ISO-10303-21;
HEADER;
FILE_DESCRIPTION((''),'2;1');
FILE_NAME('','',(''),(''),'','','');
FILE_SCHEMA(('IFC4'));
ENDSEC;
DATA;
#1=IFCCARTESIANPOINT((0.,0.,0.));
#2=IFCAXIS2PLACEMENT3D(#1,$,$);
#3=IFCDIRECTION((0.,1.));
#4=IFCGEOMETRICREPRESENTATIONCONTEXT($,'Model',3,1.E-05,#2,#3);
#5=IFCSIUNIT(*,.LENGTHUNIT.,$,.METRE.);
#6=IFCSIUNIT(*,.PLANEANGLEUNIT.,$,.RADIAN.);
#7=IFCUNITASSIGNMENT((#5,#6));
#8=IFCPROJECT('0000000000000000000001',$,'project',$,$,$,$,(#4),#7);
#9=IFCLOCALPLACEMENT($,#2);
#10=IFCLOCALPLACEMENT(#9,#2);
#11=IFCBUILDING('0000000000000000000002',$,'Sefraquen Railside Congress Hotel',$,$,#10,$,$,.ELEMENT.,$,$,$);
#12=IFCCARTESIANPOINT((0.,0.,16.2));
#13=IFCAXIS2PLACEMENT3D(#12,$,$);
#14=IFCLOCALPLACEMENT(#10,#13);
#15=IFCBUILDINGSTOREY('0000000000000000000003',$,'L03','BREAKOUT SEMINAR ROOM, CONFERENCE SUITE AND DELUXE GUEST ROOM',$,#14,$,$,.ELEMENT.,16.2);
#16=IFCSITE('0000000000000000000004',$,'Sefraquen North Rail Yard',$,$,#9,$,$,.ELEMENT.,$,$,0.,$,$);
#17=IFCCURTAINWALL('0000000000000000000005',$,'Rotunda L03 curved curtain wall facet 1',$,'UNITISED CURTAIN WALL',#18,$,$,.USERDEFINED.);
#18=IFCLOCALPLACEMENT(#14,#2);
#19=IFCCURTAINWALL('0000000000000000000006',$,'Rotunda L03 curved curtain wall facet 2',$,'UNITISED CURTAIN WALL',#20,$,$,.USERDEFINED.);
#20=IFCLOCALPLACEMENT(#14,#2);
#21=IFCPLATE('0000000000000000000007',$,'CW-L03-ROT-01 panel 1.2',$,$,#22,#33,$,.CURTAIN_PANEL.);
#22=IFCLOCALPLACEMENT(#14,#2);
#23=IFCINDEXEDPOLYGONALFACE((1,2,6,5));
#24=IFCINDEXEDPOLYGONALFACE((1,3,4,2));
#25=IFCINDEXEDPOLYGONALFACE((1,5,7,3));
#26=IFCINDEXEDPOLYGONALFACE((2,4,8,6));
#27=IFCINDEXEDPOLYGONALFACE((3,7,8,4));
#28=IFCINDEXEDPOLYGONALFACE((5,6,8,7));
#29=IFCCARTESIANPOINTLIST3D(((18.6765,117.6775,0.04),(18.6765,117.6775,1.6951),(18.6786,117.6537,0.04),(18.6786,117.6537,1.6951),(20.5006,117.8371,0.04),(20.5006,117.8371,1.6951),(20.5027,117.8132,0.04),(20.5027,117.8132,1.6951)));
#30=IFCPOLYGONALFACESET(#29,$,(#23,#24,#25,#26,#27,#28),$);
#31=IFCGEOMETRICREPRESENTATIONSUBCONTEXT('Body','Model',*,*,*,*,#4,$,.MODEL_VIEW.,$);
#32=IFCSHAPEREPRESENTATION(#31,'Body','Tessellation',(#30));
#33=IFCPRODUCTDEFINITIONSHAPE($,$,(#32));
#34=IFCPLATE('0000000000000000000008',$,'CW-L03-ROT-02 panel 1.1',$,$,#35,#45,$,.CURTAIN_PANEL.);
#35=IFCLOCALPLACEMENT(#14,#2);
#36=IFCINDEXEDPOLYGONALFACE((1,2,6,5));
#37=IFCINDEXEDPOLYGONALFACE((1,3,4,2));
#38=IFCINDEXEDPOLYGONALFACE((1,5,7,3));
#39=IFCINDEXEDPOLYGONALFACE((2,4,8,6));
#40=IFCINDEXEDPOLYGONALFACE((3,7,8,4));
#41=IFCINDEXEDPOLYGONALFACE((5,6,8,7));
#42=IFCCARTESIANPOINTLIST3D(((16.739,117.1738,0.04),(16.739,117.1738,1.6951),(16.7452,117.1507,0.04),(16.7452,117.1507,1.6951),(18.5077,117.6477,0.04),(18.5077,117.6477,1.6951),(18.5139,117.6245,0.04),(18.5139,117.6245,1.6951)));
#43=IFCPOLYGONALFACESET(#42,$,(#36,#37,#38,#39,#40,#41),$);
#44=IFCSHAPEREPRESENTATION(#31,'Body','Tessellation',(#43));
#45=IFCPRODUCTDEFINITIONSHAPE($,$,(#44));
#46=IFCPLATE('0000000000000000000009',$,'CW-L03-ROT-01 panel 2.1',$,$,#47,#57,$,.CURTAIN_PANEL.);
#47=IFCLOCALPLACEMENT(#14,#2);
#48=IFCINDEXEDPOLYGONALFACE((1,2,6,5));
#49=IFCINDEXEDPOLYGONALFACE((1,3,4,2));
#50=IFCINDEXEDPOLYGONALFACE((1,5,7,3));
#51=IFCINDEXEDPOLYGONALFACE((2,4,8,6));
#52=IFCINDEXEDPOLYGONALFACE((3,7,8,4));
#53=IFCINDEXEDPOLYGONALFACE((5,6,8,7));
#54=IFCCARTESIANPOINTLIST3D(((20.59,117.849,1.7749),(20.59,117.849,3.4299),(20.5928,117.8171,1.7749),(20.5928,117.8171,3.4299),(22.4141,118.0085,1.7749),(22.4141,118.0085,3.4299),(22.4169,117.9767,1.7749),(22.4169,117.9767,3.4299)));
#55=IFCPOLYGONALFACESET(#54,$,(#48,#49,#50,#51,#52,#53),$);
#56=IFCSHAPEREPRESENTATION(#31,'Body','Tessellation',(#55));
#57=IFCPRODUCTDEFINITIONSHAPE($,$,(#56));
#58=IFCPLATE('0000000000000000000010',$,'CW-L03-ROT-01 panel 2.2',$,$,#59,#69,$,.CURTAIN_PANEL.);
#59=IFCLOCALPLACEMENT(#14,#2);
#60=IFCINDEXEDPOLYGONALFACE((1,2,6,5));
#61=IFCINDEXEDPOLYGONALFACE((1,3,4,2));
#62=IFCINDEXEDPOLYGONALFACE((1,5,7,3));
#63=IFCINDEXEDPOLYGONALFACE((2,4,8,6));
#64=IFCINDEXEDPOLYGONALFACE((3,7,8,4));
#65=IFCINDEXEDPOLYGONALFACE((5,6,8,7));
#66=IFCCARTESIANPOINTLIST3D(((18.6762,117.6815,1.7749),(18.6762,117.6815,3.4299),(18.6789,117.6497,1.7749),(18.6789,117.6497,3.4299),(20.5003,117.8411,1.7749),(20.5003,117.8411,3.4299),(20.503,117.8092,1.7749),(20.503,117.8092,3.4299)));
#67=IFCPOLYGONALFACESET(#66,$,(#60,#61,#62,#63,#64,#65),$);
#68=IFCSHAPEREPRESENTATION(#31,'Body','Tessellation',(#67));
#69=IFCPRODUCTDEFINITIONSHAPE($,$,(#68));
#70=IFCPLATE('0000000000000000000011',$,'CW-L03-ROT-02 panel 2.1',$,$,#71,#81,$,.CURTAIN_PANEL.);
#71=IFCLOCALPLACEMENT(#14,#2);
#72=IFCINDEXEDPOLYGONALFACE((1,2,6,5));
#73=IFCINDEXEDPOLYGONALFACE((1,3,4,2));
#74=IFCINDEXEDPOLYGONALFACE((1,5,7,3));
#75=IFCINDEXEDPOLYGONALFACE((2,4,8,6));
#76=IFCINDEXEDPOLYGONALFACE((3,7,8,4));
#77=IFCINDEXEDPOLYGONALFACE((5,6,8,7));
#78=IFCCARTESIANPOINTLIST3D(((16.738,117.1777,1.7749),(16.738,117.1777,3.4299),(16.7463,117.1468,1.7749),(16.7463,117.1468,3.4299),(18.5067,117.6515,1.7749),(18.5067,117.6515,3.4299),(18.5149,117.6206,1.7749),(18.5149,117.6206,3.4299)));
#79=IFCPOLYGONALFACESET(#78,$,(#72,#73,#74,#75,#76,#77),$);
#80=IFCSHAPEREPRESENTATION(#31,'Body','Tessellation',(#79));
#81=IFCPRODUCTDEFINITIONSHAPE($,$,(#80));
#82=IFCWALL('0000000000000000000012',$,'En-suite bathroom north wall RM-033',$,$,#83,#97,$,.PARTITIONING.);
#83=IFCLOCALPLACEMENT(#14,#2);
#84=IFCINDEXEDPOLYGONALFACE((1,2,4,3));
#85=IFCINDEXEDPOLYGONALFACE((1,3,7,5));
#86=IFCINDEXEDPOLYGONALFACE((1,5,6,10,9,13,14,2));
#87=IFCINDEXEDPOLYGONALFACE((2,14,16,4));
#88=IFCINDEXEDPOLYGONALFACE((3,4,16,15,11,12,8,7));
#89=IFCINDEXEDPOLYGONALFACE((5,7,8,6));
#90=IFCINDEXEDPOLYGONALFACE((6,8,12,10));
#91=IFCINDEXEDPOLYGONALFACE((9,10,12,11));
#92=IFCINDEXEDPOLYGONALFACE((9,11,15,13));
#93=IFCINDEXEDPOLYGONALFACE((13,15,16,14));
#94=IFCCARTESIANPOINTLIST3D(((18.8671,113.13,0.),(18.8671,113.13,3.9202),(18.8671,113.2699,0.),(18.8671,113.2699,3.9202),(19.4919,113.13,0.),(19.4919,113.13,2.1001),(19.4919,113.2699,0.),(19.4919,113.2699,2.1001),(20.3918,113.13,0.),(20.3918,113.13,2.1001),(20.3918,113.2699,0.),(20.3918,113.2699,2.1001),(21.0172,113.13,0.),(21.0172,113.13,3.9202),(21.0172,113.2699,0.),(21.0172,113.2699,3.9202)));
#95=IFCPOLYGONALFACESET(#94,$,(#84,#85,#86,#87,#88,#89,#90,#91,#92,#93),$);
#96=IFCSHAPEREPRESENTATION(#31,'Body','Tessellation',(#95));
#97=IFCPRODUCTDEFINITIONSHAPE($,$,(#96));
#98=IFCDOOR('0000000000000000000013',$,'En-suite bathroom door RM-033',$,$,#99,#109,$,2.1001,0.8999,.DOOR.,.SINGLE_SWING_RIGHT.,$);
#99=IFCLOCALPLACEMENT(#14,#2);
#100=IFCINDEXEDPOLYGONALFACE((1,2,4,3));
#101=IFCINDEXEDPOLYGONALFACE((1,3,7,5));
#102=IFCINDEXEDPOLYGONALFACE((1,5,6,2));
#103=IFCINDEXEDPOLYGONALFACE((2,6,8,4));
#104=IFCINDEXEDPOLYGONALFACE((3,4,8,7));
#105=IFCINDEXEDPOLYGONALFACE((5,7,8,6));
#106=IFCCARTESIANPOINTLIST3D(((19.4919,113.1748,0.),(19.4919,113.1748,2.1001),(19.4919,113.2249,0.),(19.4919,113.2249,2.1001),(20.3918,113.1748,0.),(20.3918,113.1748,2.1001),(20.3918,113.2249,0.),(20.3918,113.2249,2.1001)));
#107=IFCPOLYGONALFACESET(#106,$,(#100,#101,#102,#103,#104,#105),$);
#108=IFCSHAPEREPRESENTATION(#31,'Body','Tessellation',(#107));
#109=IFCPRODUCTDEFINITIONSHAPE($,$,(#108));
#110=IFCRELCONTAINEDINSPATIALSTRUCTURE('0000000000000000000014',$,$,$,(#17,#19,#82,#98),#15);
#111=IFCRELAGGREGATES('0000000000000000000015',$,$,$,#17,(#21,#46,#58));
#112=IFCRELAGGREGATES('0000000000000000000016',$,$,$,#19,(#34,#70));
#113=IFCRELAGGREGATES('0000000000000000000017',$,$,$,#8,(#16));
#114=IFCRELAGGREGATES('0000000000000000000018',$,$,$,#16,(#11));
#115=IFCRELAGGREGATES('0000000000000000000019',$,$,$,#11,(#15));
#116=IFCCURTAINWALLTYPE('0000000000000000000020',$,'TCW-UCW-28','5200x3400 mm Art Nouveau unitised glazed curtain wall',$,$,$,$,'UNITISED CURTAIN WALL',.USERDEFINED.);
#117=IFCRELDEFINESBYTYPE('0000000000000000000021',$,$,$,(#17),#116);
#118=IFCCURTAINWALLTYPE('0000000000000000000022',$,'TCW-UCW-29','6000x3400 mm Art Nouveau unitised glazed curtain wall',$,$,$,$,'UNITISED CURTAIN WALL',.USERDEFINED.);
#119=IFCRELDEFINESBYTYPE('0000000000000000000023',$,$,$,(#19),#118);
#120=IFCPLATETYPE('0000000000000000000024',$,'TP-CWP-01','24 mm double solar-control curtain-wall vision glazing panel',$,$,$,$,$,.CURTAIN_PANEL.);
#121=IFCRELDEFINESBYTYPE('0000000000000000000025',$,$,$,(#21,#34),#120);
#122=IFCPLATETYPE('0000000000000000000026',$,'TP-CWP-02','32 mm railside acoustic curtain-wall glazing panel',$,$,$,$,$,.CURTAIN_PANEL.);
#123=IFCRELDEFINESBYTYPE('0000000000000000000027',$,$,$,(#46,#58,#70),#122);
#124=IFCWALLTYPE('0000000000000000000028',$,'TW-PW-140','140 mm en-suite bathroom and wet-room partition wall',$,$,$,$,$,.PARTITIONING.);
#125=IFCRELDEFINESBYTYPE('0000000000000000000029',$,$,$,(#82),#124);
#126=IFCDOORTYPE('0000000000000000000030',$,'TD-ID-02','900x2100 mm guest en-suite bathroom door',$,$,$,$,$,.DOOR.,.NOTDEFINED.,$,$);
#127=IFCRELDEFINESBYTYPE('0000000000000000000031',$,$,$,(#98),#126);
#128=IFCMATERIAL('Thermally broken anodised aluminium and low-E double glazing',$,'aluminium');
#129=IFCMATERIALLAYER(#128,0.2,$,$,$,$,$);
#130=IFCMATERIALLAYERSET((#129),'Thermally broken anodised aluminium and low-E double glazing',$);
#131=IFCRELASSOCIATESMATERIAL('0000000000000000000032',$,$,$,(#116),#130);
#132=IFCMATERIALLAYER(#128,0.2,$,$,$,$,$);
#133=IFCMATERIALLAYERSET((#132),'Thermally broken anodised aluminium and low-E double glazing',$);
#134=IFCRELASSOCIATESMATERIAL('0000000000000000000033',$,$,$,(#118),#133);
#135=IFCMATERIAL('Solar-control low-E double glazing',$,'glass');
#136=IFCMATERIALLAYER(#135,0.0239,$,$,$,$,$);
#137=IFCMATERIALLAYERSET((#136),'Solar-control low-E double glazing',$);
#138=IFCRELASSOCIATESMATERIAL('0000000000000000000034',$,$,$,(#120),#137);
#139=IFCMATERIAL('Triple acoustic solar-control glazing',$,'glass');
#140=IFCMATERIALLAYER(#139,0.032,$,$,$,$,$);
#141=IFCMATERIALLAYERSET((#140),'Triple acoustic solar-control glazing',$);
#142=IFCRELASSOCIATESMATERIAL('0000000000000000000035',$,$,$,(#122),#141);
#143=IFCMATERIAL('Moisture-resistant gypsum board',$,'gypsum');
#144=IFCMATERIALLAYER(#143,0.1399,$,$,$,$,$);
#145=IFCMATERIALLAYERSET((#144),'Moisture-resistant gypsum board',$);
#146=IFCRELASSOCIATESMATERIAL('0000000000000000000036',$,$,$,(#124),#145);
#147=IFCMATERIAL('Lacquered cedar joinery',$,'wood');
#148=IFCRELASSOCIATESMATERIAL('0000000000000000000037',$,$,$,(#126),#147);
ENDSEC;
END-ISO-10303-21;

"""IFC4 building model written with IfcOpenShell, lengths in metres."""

from ifc_helpers import new_model, si_unit, direction, frame, frame_2d, origin, origin_2d, place, context, subcontext, project, spatial, rectangle, extrude, material, layer, layer_set, type_object, element, fill, aggregate, save


model = new_model("IFC4")

# Units and contexts
model_context = context("Model", 3, precision=1e-05, world=origin(), true_north=direction((0.0, 1.0)))
body_context = subcontext(model_context, "Body", "Model", "MODEL_VIEW")
ifc_project = project(units=[si_unit("LENGTHUNIT", "METRE"), si_unit("PLANEANGLEUNIT", "RADIAN")], contexts=[model_context])

# Site, building, storey
site_placement = place(None, origin())
site = spatial("IfcSite", under=ifc_project, at=site_placement, Name="Sefraquen North Rail Yard", CompositionType="ELEMENT", RefElevation=0.0)
building_placement = place(site_placement, origin())
building = spatial("IfcBuilding", under=site, at=building_placement, Name="Sefraquen Railside Congress Hotel", CompositionType="ELEMENT")
storey_placement = place(building_placement, frame((0.0, 0.0, 16.2)))
storey = spatial("IfcBuildingStorey", under=building, at=storey_placement, Name="L03", Description="BREAKOUT SEMINAR ROOM, CONFERENCE SUITE AND DELUXE GUEST ROOM", CompositionType="ELEMENT", Elevation=16.2)

# Curtain wall
ifc_material_1 = material(Name="Thermally broken anodised aluminium and low-E double glazing", Category="aluminium")
ifc_layer_1 = layer(ifc_material_1, 0.2)
ifc_layer_set_1 = layer_set([ifc_layer_1], Name="Thermally broken anodised aluminium and low-E double glazing")
curtain_wall_type_1 = type_object("IfcCurtainWallType", Name="TCW-UCW-28", Description="5200x3400 mm Art Nouveau unitised glazed curtain wall", ElementType="UNITISED CURTAIN WALL", PredefinedType="USERDEFINED", material=ifc_layer_set_1)
curtain_wall_1_placement = place(storey_placement, origin())
curtain_wall_1 = element("IfcCurtainWall", 1, at=curtain_wall_1_placement, inside=storey, type_object=curtain_wall_type_1, Name="Rotunda L03 curved curtain wall facet 1", ObjectType="UNITISED CURTAIN WALL", PredefinedType="USERDEFINED")

# Curtain wall
ifc_layer_2 = layer(ifc_material_1, 0.2)
ifc_layer_set_2 = layer_set([ifc_layer_2], Name="Thermally broken anodised aluminium and low-E double glazing")
curtain_wall_type_2 = type_object("IfcCurtainWallType", Name="TCW-UCW-29", Description="6000x3400 mm Art Nouveau unitised glazed curtain wall", ElementType="UNITISED CURTAIN WALL", PredefinedType="USERDEFINED", material=ifc_layer_set_2)
curtain_wall_2_placement = place(storey_placement, origin())
curtain_wall_2 = element("IfcCurtainWall", 2, at=curtain_wall_2_placement, inside=storey, type_object=curtain_wall_type_2, Name="Rotunda L03 curved curtain wall facet 2", ObjectType="UNITISED CURTAIN WALL", PredefinedType="USERDEFINED")

# Plates
ifc_material_2 = material(Name="Solar-control low-E double glazing", Category="glass")
ifc_layer_3 = layer(ifc_material_2, 0.0239)
ifc_layer_set_3 = layer_set([ifc_layer_3], Name="Solar-control low-E double glazing")
plate_type_1 = type_object("IfcPlateType", Name="TP-CWP-01", Description="24 mm double solar-control curtain-wall vision glazing panel", PredefinedType="CURTAIN_PANEL", material=ifc_layer_set_3)
plate_1_placement = place(storey_placement, frame((19.5896, 117.7454, 0.04), z_axis=(0.0, 0.0, 1.0), x_axis=(-0.996196, -0.087138, 0.0)))
plate_1 = element("IfcPlate", 3, at=plate_1_placement, type_object=plate_type_1, Name="CW-L03-ROT-01 panel 1.2", PredefinedType="CURTAIN_PANEL", context=body_context, shape_type="SweptSolid", body=[
    extrude(rectangle(XDim=1.8311, YDim=0.0239, at=origin_2d()), origin(), (0.0, 0.0, 1.0), 1.655),
])
plate_2_placement = place(storey_placement, frame((17.6265, 117.3992, 0.04), z_axis=(0.0, 0.0, 1.0), x_axis=(-0.965935, -0.258785, 0.0)))
plate_2 = element("IfcPlate", 4, at=plate_2_placement, type_object=plate_type_1, Name="CW-L03-ROT-02 panel 1.1", PredefinedType="CURTAIN_PANEL", context=body_context, shape_type="SweptSolid", body=[
    extrude(rectangle(XDim=1.8311, YDim=0.0239, at=origin_2d()), origin(), (0.0, 0.0, 1.0), 1.655),
])
ifc_material_3 = material(Name="Triple acoustic solar-control glazing", Category="glass")
ifc_layer_4 = layer(ifc_material_3, 0.032)
ifc_layer_set_4 = layer_set([ifc_layer_4], Name="Triple acoustic solar-control glazing")
plate_type_2 = type_object("IfcPlateType", Name="TP-CWP-02", Description="32 mm railside acoustic curtain-wall glazing panel", PredefinedType="CURTAIN_PANEL", material=ifc_layer_set_4)
plate_3_placement = place(storey_placement, frame((21.5034, 117.9128, 1.7749), z_axis=(0.0, 0.0, 1.0), x_axis=(-0.996196, -0.087138, 0.0)))
plate_3 = element("IfcPlate", 5, at=plate_3_placement, type_object=plate_type_2, Name="CW-L03-ROT-01 panel 2.1", PredefinedType="CURTAIN_PANEL", context=body_context, shape_type="SweptSolid", body=[
    extrude(rectangle(XDim=1.8311, YDim=0.032, at=origin_2d()), origin(), (0.0, 0.0, 1.0), 1.655),
])
plate_4_placement = place(storey_placement, frame((19.5896, 117.7454, 1.7749), z_axis=(0.0, 0.0, 1.0), x_axis=(-0.996196, -0.087138, 0.0)))
plate_4 = element("IfcPlate", 6, at=plate_4_placement, type_object=plate_type_2, Name="CW-L03-ROT-01 panel 2.2", PredefinedType="CURTAIN_PANEL", context=body_context, shape_type="SweptSolid", body=[
    extrude(rectangle(XDim=1.8311, YDim=0.032, at=origin_2d()), origin(), (0.0, 0.0, 1.0), 1.655),
])
aggregate(curtain_wall_1, [plate_1, plate_3, plate_4])
plate_5_placement = place(storey_placement, frame((17.6265, 117.3992, 1.7749), z_axis=(0.0, 0.0, 1.0), x_axis=(-0.965935, -0.258785, 0.0)))
plate_5 = element("IfcPlate", 7, at=plate_5_placement, type_object=plate_type_2, Name="CW-L03-ROT-02 panel 2.1", PredefinedType="CURTAIN_PANEL", context=body_context, shape_type="SweptSolid", body=[
    extrude(rectangle(XDim=1.8311, YDim=0.032, at=origin_2d()), origin(), (0.0, 0.0, 1.0), 1.655),
])
aggregate(curtain_wall_2, [plate_2, plate_5])

# Wall, opening, door
ifc_material_4 = material(Name="Moisture-resistant gypsum board", Category="gypsum")
ifc_layer_5 = layer(ifc_material_4, 0.1399)
ifc_layer_set_5 = layer_set([ifc_layer_5], Name="Moisture-resistant gypsum board")
wall_type = type_object("IfcWallType", Name="TW-PW-140", Description="140 mm en-suite bathroom and wet-room partition wall", PredefinedType="PARTITIONING", material=ifc_layer_set_5)
ifc_material_5 = material(Name="Lacquered cedar joinery", Category="wood")
wall_1_placement = place(storey_placement, frame((18.8669, 113.2, 0.0), z_axis=(0.0, 0.0, 1.0), x_axis=(1.0, 0.0, 0.0)))
wall_1 = element("IfcWall", 8, at=wall_1_placement, inside=storey, type_object=wall_type, Name="En-suite bathroom north wall RM-033", PredefinedType="PARTITIONING", context=body_context, shape_type="SweptSolid", body=[
    extrude(rectangle(XDim=2.1501, YDim=0.1399, at=frame_2d((1.0752, 0.0))), origin(), (0.0, 0.0, 1.0), 3.9202),
])
opening_1_placement = place(wall_1_placement, frame((0.625, 0.0, 0.0)))
opening_1 = element("IfcOpeningElement", 9, at=opening_1_placement, cuts=wall_1, PredefinedType="OPENING", context=body_context, shape_type="SweptSolid", body=[
    extrude(rectangle(XDim=0.8999, YDim=2.1001, at=frame_2d((0.45, 1.05))), frame((0.0, 0.0798, 0.0), z_axis=(0.0, -1.0, 0.0), x_axis=(1.0, 0.0, 0.0)), (0.0, 0.0, 1.0), 0.1599),
])
door_type_1 = type_object("IfcDoorType", Name="TD-ID-02", Description="900x2100 mm guest en-suite bathroom door", OperationType="NOTDEFINED", PredefinedType="DOOR", material=ifc_material_5)
door_1_placement = place(opening_1_placement, origin())
door_1 = element("IfcDoor", 10, at=door_1_placement, inside=storey, type_object=door_type_1, Name="En-suite bathroom door RM-033", OperationType="SINGLE_SWING_RIGHT", OverallHeight=2.1001, OverallWidth=0.8999, PredefinedType="DOOR", context=body_context, shape_type="SweptSolid", body=[
    extrude(rectangle(XDim=0.8999, YDim=2.1001, at=frame_2d((0.45, 1.05))), frame((0.0, 0.0249, 0.0), z_axis=(0.0, -1.0, 0.0), x_axis=(1.0, 0.0, 0.0)), (0.0, 0.0, 1.0), 0.05),
])
fill(opening_1, door_1)

save(model, "model.ifc")
